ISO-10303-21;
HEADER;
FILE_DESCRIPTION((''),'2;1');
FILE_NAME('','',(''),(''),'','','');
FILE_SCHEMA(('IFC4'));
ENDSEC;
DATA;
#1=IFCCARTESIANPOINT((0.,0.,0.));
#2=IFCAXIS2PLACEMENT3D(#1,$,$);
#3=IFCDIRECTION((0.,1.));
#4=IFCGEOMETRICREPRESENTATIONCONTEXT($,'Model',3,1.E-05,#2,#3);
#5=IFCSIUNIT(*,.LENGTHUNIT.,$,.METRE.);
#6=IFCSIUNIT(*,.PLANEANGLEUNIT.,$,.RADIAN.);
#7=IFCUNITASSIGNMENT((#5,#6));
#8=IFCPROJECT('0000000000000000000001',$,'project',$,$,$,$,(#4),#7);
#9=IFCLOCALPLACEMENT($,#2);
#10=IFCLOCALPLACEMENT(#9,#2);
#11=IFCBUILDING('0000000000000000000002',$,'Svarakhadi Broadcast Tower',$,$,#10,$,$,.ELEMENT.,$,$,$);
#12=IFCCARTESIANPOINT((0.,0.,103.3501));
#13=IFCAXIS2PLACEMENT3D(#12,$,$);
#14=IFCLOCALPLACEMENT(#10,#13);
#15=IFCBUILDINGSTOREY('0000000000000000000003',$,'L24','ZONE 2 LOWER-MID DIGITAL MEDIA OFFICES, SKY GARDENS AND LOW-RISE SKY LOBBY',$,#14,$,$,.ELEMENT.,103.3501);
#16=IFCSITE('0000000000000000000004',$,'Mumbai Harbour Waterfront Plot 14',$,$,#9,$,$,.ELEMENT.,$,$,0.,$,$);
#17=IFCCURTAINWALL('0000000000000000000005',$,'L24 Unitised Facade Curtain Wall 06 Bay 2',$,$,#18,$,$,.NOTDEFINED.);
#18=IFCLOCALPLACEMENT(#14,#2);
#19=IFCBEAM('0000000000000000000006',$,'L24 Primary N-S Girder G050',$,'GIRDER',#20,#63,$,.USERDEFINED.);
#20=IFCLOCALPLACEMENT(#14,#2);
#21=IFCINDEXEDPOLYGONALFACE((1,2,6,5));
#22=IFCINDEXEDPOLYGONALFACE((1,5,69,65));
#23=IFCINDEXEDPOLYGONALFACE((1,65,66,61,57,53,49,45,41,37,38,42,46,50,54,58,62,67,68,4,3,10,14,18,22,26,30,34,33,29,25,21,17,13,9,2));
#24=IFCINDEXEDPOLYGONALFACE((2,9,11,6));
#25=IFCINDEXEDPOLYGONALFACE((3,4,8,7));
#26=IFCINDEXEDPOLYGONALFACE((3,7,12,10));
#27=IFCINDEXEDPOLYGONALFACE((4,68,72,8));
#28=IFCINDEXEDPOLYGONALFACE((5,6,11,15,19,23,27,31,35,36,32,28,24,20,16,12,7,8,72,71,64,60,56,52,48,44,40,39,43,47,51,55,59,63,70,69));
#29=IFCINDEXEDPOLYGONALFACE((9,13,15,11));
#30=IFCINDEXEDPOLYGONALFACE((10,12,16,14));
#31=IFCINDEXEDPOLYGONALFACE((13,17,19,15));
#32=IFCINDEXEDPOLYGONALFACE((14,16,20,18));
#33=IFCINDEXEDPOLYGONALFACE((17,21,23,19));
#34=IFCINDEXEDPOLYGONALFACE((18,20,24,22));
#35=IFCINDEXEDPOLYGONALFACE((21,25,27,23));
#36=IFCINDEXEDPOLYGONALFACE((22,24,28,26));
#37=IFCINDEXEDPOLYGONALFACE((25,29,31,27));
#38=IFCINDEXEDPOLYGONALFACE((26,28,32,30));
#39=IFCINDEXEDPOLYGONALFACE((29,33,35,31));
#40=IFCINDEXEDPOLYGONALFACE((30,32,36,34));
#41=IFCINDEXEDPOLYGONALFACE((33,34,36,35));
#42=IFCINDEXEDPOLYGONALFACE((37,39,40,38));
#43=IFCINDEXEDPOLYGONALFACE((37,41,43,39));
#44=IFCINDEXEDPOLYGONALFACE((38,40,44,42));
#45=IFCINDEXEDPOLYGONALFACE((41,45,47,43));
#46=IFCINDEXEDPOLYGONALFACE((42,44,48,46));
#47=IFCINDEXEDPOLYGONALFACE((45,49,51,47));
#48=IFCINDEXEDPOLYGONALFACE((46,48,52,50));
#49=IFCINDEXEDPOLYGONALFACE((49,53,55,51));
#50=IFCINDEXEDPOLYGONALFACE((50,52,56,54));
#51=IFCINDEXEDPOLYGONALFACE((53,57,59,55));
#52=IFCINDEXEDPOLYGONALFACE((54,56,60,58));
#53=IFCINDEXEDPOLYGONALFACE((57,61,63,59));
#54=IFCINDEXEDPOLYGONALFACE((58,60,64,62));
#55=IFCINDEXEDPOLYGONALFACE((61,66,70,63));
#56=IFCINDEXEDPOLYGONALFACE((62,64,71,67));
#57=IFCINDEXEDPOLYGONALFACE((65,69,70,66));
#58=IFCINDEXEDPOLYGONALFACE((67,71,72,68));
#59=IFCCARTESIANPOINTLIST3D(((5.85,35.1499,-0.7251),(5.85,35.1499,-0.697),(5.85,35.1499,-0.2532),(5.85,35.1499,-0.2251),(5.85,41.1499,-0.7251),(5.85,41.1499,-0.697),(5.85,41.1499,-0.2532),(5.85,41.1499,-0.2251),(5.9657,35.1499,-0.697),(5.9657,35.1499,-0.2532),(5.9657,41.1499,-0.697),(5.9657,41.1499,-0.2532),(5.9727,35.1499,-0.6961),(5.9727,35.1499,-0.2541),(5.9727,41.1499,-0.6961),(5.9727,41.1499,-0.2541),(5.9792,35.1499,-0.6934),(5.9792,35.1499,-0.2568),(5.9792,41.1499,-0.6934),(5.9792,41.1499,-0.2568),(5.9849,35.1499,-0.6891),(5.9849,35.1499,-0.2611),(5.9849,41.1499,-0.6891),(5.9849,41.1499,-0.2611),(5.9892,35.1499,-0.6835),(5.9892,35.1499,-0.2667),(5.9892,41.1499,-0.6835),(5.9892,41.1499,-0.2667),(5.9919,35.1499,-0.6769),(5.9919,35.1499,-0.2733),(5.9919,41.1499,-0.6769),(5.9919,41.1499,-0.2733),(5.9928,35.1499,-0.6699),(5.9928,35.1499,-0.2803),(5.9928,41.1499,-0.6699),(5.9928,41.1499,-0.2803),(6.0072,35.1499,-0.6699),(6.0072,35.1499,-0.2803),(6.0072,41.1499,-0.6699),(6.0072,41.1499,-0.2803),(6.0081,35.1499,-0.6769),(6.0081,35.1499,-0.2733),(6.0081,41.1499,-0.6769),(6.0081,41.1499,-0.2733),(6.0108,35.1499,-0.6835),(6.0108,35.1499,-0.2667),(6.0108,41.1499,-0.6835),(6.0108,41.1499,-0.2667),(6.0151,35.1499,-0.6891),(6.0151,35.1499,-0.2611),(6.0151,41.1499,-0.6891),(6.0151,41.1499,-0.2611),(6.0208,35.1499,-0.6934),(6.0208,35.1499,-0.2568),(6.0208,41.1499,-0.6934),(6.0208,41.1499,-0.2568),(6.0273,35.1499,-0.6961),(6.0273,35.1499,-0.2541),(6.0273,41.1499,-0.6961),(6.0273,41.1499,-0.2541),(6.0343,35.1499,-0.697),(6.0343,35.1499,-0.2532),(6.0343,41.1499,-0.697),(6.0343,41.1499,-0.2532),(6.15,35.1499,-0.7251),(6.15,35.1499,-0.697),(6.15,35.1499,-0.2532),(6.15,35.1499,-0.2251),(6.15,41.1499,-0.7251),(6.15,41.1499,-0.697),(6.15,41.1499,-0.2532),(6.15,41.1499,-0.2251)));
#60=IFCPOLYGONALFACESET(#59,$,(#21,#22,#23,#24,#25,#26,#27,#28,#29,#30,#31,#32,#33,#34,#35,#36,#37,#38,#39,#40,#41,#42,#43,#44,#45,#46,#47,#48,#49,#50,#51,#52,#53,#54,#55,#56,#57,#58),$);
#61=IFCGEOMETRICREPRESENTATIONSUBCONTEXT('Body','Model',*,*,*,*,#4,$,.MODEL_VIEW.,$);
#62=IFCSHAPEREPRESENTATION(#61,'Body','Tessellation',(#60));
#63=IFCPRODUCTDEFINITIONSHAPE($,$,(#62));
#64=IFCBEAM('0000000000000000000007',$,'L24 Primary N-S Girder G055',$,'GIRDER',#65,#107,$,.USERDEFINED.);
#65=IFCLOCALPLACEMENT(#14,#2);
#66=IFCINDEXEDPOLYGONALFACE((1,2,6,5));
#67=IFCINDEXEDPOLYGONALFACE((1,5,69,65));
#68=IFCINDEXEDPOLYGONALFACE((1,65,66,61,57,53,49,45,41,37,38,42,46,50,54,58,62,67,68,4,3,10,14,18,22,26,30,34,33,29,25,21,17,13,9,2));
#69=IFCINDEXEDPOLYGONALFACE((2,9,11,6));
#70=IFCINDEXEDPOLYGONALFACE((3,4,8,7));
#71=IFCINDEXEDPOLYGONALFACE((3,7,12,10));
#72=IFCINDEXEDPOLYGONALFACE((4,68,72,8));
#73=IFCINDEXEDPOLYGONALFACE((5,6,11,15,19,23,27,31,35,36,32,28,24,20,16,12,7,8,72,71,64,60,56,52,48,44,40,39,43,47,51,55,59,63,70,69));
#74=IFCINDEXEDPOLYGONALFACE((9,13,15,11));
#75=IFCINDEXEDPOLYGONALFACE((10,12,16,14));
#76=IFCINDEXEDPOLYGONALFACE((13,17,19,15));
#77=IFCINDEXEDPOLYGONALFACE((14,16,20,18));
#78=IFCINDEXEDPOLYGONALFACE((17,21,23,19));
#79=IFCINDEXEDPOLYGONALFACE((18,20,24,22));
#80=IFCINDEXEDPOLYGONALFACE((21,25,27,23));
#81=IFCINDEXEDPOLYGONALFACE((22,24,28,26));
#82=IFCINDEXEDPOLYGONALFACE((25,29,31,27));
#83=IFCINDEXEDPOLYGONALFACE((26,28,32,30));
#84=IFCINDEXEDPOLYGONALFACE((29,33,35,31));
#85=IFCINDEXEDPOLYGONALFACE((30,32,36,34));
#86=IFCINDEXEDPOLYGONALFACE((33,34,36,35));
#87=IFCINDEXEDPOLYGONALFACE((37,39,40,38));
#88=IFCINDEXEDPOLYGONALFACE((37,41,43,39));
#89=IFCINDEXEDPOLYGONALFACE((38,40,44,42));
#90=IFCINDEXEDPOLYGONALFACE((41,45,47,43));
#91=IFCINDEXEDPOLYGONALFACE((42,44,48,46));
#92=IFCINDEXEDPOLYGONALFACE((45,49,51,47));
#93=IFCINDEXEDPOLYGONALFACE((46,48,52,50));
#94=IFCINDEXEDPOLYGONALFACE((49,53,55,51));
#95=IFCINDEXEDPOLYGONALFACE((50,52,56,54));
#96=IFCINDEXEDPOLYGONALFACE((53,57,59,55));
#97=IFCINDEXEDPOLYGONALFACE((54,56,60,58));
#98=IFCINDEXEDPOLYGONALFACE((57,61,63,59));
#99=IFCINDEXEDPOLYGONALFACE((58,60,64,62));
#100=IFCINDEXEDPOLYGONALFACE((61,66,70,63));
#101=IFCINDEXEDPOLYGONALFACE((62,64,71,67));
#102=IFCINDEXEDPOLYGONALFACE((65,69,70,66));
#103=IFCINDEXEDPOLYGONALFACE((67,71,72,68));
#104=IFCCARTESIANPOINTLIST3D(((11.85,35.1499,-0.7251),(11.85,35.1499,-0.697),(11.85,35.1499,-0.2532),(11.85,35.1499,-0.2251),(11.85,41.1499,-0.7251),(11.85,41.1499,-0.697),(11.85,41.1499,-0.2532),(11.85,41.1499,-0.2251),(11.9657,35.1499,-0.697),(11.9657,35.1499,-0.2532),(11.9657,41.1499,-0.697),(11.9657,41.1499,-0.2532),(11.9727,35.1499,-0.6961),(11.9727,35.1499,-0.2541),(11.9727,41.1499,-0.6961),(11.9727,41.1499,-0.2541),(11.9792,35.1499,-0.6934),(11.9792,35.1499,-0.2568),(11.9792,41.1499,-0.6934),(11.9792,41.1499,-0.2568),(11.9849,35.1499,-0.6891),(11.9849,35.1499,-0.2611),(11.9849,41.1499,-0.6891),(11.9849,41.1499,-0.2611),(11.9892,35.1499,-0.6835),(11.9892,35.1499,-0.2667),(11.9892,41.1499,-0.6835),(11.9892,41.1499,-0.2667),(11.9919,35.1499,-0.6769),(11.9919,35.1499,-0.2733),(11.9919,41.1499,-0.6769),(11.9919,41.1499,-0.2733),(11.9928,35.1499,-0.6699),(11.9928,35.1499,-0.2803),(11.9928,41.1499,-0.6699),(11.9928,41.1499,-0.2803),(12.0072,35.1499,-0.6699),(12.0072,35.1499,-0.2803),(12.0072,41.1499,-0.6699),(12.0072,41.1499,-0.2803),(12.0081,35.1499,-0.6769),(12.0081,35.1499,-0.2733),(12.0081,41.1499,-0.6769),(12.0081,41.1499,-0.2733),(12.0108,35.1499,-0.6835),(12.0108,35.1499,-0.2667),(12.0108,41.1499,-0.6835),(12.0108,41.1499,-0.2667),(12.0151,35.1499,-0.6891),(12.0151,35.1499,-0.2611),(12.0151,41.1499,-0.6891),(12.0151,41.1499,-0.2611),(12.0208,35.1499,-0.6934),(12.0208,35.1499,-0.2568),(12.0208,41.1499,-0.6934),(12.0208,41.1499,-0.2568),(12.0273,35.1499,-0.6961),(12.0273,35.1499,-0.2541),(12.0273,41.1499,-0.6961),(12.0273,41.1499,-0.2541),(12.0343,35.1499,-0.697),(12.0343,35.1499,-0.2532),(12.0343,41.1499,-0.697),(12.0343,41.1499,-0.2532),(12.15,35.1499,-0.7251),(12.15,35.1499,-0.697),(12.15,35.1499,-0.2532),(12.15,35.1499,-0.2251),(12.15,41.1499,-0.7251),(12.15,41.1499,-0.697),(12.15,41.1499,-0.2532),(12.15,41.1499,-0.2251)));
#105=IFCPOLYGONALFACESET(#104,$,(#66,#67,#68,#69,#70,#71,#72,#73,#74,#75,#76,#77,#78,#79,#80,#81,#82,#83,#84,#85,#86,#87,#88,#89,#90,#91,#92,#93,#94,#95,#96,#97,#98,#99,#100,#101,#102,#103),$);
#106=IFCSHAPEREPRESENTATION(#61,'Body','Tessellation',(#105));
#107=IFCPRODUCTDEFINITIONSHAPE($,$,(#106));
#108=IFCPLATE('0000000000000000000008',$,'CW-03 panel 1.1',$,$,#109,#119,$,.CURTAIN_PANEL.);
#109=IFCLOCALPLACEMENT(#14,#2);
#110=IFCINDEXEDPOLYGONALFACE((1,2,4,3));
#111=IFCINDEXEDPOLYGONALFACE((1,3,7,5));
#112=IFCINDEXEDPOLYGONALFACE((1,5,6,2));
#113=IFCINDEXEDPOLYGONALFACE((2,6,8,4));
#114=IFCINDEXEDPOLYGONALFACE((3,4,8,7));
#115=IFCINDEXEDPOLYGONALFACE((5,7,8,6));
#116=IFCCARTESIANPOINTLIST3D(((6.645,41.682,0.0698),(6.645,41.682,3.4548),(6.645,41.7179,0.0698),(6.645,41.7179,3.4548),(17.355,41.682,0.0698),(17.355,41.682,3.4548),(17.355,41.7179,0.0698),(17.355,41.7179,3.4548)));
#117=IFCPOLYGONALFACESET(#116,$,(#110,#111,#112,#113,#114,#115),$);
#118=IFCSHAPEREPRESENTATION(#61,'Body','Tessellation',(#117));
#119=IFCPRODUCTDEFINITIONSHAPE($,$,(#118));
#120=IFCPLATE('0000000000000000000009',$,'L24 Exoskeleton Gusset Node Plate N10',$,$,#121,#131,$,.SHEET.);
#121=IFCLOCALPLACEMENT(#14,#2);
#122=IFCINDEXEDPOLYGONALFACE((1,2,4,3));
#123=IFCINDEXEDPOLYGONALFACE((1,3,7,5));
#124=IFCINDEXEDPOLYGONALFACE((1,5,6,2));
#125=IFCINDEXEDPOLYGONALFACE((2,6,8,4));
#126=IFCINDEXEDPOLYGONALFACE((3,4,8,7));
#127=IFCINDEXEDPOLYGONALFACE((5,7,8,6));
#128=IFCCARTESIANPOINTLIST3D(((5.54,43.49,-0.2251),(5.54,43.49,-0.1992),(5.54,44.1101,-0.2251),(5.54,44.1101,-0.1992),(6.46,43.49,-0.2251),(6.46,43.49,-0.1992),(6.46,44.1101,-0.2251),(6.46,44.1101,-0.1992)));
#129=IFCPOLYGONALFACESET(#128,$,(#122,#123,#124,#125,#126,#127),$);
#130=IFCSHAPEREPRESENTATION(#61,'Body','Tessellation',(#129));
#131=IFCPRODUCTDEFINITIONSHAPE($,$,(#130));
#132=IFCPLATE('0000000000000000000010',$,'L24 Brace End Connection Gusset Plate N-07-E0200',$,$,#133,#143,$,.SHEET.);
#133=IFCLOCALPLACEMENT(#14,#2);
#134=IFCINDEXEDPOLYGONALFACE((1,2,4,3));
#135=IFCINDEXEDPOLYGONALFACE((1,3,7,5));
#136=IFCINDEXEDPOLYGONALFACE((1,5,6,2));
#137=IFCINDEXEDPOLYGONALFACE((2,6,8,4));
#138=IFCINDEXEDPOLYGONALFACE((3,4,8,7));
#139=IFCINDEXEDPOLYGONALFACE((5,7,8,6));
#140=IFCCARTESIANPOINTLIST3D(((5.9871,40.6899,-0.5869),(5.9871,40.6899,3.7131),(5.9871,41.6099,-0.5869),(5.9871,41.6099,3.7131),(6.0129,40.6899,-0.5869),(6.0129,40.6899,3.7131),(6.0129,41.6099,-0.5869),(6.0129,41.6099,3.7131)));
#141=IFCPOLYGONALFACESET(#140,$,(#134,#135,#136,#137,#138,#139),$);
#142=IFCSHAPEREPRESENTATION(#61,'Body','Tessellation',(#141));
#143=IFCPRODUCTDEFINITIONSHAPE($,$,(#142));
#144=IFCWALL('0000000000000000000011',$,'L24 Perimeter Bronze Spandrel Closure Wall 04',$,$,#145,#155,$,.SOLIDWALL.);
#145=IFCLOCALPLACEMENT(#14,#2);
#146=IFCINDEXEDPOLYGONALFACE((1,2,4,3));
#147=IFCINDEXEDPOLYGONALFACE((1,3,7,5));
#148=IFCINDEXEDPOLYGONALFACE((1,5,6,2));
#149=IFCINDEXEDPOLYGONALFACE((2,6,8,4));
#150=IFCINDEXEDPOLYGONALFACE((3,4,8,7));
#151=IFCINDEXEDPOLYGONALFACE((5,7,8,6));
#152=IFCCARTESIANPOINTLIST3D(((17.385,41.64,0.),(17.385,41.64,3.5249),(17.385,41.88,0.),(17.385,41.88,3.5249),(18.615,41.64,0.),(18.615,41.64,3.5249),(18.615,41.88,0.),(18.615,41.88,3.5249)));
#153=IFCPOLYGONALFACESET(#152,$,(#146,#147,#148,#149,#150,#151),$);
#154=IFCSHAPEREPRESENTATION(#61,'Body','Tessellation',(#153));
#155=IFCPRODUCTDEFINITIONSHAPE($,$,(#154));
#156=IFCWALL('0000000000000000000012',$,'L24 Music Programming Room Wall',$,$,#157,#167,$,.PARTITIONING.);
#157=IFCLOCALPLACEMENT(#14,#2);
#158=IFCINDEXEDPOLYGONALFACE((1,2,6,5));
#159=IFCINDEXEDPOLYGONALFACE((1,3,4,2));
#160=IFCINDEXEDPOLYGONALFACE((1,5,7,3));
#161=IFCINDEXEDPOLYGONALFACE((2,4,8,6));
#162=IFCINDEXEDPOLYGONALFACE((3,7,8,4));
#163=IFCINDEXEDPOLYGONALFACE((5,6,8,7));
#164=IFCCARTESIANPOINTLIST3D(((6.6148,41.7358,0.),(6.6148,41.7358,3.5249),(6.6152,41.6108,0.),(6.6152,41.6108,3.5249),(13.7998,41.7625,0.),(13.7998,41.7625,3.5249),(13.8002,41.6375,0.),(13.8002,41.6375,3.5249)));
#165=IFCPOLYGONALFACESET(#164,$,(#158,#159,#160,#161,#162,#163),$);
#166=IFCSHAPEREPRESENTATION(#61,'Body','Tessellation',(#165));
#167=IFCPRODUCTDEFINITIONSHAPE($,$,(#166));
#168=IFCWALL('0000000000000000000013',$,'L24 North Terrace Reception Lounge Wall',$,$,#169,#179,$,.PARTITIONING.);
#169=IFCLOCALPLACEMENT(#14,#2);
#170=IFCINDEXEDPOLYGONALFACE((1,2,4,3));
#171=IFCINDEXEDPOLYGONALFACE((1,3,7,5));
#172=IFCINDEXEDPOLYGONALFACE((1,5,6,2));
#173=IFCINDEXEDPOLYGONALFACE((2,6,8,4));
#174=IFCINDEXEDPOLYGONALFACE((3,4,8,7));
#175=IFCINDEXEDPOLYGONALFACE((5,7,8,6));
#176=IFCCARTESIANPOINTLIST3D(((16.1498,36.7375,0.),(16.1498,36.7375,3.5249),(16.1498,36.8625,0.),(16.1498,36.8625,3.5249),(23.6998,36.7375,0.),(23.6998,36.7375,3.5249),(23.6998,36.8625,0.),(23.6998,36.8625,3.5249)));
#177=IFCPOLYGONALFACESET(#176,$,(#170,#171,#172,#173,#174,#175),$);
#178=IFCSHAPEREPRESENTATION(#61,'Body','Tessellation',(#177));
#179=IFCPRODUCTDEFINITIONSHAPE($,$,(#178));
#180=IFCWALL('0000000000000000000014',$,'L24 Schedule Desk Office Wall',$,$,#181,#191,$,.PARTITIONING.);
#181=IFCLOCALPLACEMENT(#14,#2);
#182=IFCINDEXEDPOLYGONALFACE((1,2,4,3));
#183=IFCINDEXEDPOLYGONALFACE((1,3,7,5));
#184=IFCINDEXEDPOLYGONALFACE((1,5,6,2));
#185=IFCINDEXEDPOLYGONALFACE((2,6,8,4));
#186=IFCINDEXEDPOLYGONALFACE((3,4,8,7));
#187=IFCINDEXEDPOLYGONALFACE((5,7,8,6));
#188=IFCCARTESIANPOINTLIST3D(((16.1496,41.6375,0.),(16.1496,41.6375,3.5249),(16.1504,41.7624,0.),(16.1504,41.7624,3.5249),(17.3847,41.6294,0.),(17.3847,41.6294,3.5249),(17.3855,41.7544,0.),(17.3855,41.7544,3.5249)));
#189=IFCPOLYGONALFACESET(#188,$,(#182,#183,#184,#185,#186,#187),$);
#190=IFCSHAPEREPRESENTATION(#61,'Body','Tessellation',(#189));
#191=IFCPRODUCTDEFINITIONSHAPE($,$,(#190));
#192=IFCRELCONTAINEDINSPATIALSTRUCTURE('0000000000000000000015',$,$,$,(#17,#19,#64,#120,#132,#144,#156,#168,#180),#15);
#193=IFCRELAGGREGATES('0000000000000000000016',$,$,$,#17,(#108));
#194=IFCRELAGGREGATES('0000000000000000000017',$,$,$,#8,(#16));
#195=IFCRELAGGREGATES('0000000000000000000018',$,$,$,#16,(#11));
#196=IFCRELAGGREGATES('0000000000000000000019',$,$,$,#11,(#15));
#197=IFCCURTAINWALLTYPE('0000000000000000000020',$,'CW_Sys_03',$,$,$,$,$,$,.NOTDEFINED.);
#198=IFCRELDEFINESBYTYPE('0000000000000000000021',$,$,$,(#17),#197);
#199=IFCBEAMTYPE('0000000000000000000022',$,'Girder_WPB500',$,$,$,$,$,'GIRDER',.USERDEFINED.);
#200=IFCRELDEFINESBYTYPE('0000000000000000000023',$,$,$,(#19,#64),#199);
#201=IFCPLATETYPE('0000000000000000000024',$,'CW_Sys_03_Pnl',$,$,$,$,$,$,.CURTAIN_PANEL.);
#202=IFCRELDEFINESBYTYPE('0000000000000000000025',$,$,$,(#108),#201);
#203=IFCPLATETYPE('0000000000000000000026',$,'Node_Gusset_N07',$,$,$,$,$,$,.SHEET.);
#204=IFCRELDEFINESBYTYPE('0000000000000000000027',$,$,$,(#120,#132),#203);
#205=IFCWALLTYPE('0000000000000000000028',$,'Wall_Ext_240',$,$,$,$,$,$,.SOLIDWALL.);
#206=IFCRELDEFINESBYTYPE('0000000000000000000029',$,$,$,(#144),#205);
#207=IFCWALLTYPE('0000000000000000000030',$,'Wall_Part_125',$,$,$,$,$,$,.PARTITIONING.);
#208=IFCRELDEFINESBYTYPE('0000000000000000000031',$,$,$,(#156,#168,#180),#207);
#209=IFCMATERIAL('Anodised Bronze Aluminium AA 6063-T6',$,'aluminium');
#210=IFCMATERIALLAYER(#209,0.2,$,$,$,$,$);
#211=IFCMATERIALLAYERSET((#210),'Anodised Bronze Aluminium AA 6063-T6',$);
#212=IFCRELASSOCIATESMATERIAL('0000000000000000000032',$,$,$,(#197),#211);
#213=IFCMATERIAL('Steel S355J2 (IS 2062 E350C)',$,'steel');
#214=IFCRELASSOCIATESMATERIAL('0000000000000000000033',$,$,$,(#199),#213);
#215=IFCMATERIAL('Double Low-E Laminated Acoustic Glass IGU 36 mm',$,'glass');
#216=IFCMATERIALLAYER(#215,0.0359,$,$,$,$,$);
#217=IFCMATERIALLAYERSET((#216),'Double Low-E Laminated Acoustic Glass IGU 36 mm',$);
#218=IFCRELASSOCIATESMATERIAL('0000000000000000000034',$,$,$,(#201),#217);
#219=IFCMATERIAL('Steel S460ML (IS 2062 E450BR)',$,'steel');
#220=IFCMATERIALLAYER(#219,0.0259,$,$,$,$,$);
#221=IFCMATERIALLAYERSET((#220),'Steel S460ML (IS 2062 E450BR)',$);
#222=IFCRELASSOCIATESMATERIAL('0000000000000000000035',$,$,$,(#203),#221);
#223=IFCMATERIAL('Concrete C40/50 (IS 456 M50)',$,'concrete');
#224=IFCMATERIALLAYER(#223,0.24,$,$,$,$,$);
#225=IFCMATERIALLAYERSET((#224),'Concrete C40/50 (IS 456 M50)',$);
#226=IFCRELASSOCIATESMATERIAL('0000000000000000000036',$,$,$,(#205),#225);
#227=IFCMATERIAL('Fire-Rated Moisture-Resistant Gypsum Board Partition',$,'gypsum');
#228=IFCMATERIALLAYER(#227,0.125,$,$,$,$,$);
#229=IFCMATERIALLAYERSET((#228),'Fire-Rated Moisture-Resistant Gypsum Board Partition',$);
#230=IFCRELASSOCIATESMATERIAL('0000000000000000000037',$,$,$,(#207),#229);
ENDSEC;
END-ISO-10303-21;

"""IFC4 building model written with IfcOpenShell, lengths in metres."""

from ifc_helpers import new_model, si_unit, direction, frame, frame_2d, origin, origin_2d, place, context, subcontext, project, spatial, rectangle, i_section, extrude, material, layer, layer_set, material_profile, profile_set, type_object, element, aggregate, save


model = new_model("IFC4")

# Units and contexts
model_context = context("Model", 3, precision=1e-05, world=origin(), true_north=direction((0.0, 1.0)))
body_context = subcontext(model_context, "Body", "Model", "MODEL_VIEW")
ifc_project = project(units=[si_unit("LENGTHUNIT", "METRE"), si_unit("PLANEANGLEUNIT", "RADIAN")], contexts=[model_context])

# Site, building, storey
site_placement = place(None, origin())
site = spatial("IfcSite", under=ifc_project, at=site_placement, Name="Mumbai Harbour Waterfront Plot 14", CompositionType="ELEMENT", RefElevation=0.0)
building_placement = place(site_placement, origin())
building = spatial("IfcBuilding", under=site, at=building_placement, Name="Svarakhadi Broadcast Tower", CompositionType="ELEMENT")
storey_placement = place(building_placement, frame((0.0, 0.0, 103.3501)))
storey = spatial("IfcBuildingStorey", under=building, at=storey_placement, Name="L24", Description="ZONE 2 LOWER-MID DIGITAL MEDIA OFFICES, SKY GARDENS AND LOW-RISE SKY LOBBY", CompositionType="ELEMENT", Elevation=103.3501)

# Shared definitions
ifc_material_1 = material(Name="Steel S460ML (IS 2062 E450BR)", Category="steel")

# Shared definitions
ifc_material_2 = material(Name="Steel S355J2 (IS 2062 E350C)", Category="steel")

# Curtain wall
ifc_material_3 = material(Name="Anodised Bronze Aluminium AA 6063-T6", Category="aluminium")
ifc_layer_1 = layer(ifc_material_3, 0.2)
ifc_layer_set_1 = layer_set([ifc_layer_1], Name="Anodised Bronze Aluminium AA 6063-T6")
curtain_wall_type = type_object("IfcCurtainWallType", Name="CW_Sys_03", PredefinedType="NOTDEFINED", material=ifc_layer_set_1)
curtain_wall_placement = place(storey_placement, origin())
curtain_wall = element("IfcCurtainWall", 1, at=curtain_wall_placement, inside=storey, type_object=curtain_wall_type, Name="L24 Unitised Facade Curtain Wall 06 Bay 2", PredefinedType="NOTDEFINED")

# Beams
ifc_material_profile_1 = material_profile(ifc_material_2, i_section(OverallWidth=0.3, OverallDepth=0.5, WebThickness=0.0144, FlangeThickness=0.0281, FilletRadius=0.0271, at=origin_2d()), Name="WPB 500x300x187")
ifc_profile_set_1 = profile_set([ifc_material_profile_1], Name="Steel S355J2 (IS 2062 E350C)")
beam_type_1 = type_object("IfcBeamType", Name="Girder_WPB500", ElementType="GIRDER", PredefinedType="USERDEFINED", material=ifc_profile_set_1)
for number, where, z_axis, x_axis, name in (
    (2, (6.0, 35.1499, -0.4751), (0.0, 1.0, 0.0), (-1.0, 0.0, 0.0), "L24 Primary N-S Girder G050"),
    (3, (12.0, 35.1499, -0.4751), (0.0, 1.0, 0.0), (-1.0, 0.0, 0.0), "L24 Primary N-S Girder G055"),
):
    element("IfcBeam", number, at=place(storey_placement, frame(where, z_axis=z_axis, x_axis=x_axis)), inside=storey, type_object=beam_type_1, Name=name, ObjectType="GIRDER", PredefinedType="USERDEFINED", context=body_context, shape_type="SweptSolid", body=[
        extrude(i_section(OverallWidth=0.3, OverallDepth=0.5, WebThickness=0.0144, FlangeThickness=0.0281, FilletRadius=0.0271, at=origin_2d()), origin(), (0.0, 0.0, 1.0), 6.0),
    ])

# Plate
ifc_material_4 = material(Name="Double Low-E Laminated Acoustic Glass IGU 36 mm", Category="glass")
ifc_layer_2 = layer(ifc_material_4, 0.0359)
ifc_layer_set_2 = layer_set([ifc_layer_2], Name="Double Low-E Laminated Acoustic Glass IGU 36 mm")
plate_type_1 = type_object("IfcPlateType", Name="CW_Sys_03_Pnl", PredefinedType="CURTAIN_PANEL", material=ifc_layer_set_2)
plate_1_placement = place(storey_placement, frame((12.0, 41.7, 0.0698), z_axis=(0.0, 0.0, 1.0), x_axis=(1.0, 0.0, 0.0)))
plate_1 = element("IfcPlate", 4, at=plate_1_placement, type_object=plate_type_1, Name="CW-03 panel 1.1", PredefinedType="CURTAIN_PANEL", context=body_context, shape_type="SweptSolid", body=[
    extrude(rectangle(XDim=10.71, YDim=0.0359, at=origin_2d()), origin(), (0.0, 0.0, 1.0), 3.385),
])
aggregate(curtain_wall, [plate_1])

# Plates
ifc_layer_3 = layer(ifc_material_1, 0.0259)
ifc_layer_set_3 = layer_set([ifc_layer_3], Name="Steel S460ML (IS 2062 E450BR)")
plate_type_2 = type_object("IfcPlateType", Name="Node_Gusset_N07", PredefinedType="SHEET", material=ifc_layer_set_3)
plate_2_placement = place(storey_placement, frame((6.0, 43.8, -0.2251), z_axis=(0.0, 0.0, 1.0), x_axis=(1.0, 0.0, 0.0)))
element("IfcPlate", 5, at=plate_2_placement, inside=storey, type_object=plate_type_2, Name="L24 Exoskeleton Gusset Node Plate N10", PredefinedType="SHEET", context=body_context, shape_type="SweptSolid", body=[
    extrude(rectangle(XDim=0.9199, YDim=0.6201, at=origin_2d()), origin(), (0.0, 0.0, 1.0), 0.0259),
])
plate_3_placement = place(storey_placement, frame((6.0, 41.1499, -0.5869), z_axis=(0.0, 0.0, 1.0), x_axis=(0.0, 1.0, 0.0)))
element("IfcPlate", 6, at=plate_3_placement, inside=storey, type_object=plate_type_2, Name="L24 Brace End Connection Gusset Plate N-07-E0200", PredefinedType="SHEET", context=body_context, shape_type="SweptSolid", body=[
    extrude(rectangle(XDim=0.9199, YDim=0.0259, at=origin_2d()), origin(), (0.0, 0.0, 1.0), 4.3),
])

# Walls
ifc_material_5 = material(Name="Concrete C40/50 (IS 456 M50)", Category="concrete")
ifc_layer_4 = layer(ifc_material_5, 0.24)
ifc_layer_set_4 = layer_set([ifc_layer_4], Name="Concrete C40/50 (IS 456 M50)")
wall_type_1 = type_object("IfcWallType", Name="Wall_Ext_240", PredefinedType="SOLIDWALL", material=ifc_layer_set_4)
wall_1_placement = place(storey_placement, frame((17.385, 41.76, 0.0), z_axis=(0.0, 0.0, 1.0), x_axis=(1.0, 0.0, 0.0)))
element("IfcWall", 7, at=wall_1_placement, inside=storey, type_object=wall_type_1, Name="L24 Perimeter Bronze Spandrel Closure Wall 04", PredefinedType="SOLIDWALL", context=body_context, shape_type="SweptSolid", body=[
    extrude(rectangle(XDim=1.23, YDim=0.24, at=frame_2d((0.615, 0.0))), origin(), (0.0, 0.0, 1.0), 3.5249),
])
ifc_material_6 = material(Name="Fire-Rated Moisture-Resistant Gypsum Board Partition", Category="gypsum")
ifc_layer_5 = layer(ifc_material_6, 0.125)
ifc_layer_set_5 = layer_set([ifc_layer_5], Name="Fire-Rated Moisture-Resistant Gypsum Board Partition")
wall_type_2 = type_object("IfcWallType", Name="Wall_Part_125", PredefinedType="PARTITIONING", material=ifc_layer_set_5)
wall_2_placement = place(storey_placement, frame((6.615, 41.6733, 0.0), z_axis=(0.0, 0.0, 1.0), x_axis=(0.999993, 0.003704, 0.0)))
element("IfcWall", 8, at=wall_2_placement, inside=storey, type_object=wall_type_2, Name="L24 Music Programming Room Wall", PredefinedType="PARTITIONING", context=body_context, shape_type="SweptSolid", body=[
    extrude(rectangle(XDim=7.1851, YDim=0.125, at=frame_2d((3.5925, 0.0))), origin(), (0.0, 0.0, 1.0), 3.5249),
])
wall_3_placement = place(storey_placement, frame((16.1499, 36.8, 0.0), z_axis=(0.0, 0.0, 1.0), x_axis=(1.0, 0.0, 0.0)))
element("IfcWall", 9, at=wall_3_placement, inside=storey, type_object=wall_type_2, Name="L24 North Terrace Reception Lounge Wall", PredefinedType="PARTITIONING", context=body_context, shape_type="SweptSolid", body=[
    extrude(rectangle(XDim=7.55, YDim=0.125, at=frame_2d((3.7749, 0.0))), origin(), (0.0, 0.0, 1.0), 3.5249),
])
wall_4_placement = place(storey_placement, frame((16.1499, 41.7, 0.0), z_axis=(0.0, 0.0, 1.0), x_axis=(0.999979, -0.006523, 0.0)))
element("IfcWall", 10, at=wall_4_placement, inside=storey, type_object=wall_type_2, Name="L24 Schedule Desk Office Wall", PredefinedType="PARTITIONING", context=body_context, shape_type="SweptSolid", body=[
    extrude(rectangle(XDim=1.2351, YDim=0.125, at=frame_2d((0.6177, 0.0))), origin(), (0.0, 0.0, 1.0), 3.5249),
])

save(model, "model.ifc")
